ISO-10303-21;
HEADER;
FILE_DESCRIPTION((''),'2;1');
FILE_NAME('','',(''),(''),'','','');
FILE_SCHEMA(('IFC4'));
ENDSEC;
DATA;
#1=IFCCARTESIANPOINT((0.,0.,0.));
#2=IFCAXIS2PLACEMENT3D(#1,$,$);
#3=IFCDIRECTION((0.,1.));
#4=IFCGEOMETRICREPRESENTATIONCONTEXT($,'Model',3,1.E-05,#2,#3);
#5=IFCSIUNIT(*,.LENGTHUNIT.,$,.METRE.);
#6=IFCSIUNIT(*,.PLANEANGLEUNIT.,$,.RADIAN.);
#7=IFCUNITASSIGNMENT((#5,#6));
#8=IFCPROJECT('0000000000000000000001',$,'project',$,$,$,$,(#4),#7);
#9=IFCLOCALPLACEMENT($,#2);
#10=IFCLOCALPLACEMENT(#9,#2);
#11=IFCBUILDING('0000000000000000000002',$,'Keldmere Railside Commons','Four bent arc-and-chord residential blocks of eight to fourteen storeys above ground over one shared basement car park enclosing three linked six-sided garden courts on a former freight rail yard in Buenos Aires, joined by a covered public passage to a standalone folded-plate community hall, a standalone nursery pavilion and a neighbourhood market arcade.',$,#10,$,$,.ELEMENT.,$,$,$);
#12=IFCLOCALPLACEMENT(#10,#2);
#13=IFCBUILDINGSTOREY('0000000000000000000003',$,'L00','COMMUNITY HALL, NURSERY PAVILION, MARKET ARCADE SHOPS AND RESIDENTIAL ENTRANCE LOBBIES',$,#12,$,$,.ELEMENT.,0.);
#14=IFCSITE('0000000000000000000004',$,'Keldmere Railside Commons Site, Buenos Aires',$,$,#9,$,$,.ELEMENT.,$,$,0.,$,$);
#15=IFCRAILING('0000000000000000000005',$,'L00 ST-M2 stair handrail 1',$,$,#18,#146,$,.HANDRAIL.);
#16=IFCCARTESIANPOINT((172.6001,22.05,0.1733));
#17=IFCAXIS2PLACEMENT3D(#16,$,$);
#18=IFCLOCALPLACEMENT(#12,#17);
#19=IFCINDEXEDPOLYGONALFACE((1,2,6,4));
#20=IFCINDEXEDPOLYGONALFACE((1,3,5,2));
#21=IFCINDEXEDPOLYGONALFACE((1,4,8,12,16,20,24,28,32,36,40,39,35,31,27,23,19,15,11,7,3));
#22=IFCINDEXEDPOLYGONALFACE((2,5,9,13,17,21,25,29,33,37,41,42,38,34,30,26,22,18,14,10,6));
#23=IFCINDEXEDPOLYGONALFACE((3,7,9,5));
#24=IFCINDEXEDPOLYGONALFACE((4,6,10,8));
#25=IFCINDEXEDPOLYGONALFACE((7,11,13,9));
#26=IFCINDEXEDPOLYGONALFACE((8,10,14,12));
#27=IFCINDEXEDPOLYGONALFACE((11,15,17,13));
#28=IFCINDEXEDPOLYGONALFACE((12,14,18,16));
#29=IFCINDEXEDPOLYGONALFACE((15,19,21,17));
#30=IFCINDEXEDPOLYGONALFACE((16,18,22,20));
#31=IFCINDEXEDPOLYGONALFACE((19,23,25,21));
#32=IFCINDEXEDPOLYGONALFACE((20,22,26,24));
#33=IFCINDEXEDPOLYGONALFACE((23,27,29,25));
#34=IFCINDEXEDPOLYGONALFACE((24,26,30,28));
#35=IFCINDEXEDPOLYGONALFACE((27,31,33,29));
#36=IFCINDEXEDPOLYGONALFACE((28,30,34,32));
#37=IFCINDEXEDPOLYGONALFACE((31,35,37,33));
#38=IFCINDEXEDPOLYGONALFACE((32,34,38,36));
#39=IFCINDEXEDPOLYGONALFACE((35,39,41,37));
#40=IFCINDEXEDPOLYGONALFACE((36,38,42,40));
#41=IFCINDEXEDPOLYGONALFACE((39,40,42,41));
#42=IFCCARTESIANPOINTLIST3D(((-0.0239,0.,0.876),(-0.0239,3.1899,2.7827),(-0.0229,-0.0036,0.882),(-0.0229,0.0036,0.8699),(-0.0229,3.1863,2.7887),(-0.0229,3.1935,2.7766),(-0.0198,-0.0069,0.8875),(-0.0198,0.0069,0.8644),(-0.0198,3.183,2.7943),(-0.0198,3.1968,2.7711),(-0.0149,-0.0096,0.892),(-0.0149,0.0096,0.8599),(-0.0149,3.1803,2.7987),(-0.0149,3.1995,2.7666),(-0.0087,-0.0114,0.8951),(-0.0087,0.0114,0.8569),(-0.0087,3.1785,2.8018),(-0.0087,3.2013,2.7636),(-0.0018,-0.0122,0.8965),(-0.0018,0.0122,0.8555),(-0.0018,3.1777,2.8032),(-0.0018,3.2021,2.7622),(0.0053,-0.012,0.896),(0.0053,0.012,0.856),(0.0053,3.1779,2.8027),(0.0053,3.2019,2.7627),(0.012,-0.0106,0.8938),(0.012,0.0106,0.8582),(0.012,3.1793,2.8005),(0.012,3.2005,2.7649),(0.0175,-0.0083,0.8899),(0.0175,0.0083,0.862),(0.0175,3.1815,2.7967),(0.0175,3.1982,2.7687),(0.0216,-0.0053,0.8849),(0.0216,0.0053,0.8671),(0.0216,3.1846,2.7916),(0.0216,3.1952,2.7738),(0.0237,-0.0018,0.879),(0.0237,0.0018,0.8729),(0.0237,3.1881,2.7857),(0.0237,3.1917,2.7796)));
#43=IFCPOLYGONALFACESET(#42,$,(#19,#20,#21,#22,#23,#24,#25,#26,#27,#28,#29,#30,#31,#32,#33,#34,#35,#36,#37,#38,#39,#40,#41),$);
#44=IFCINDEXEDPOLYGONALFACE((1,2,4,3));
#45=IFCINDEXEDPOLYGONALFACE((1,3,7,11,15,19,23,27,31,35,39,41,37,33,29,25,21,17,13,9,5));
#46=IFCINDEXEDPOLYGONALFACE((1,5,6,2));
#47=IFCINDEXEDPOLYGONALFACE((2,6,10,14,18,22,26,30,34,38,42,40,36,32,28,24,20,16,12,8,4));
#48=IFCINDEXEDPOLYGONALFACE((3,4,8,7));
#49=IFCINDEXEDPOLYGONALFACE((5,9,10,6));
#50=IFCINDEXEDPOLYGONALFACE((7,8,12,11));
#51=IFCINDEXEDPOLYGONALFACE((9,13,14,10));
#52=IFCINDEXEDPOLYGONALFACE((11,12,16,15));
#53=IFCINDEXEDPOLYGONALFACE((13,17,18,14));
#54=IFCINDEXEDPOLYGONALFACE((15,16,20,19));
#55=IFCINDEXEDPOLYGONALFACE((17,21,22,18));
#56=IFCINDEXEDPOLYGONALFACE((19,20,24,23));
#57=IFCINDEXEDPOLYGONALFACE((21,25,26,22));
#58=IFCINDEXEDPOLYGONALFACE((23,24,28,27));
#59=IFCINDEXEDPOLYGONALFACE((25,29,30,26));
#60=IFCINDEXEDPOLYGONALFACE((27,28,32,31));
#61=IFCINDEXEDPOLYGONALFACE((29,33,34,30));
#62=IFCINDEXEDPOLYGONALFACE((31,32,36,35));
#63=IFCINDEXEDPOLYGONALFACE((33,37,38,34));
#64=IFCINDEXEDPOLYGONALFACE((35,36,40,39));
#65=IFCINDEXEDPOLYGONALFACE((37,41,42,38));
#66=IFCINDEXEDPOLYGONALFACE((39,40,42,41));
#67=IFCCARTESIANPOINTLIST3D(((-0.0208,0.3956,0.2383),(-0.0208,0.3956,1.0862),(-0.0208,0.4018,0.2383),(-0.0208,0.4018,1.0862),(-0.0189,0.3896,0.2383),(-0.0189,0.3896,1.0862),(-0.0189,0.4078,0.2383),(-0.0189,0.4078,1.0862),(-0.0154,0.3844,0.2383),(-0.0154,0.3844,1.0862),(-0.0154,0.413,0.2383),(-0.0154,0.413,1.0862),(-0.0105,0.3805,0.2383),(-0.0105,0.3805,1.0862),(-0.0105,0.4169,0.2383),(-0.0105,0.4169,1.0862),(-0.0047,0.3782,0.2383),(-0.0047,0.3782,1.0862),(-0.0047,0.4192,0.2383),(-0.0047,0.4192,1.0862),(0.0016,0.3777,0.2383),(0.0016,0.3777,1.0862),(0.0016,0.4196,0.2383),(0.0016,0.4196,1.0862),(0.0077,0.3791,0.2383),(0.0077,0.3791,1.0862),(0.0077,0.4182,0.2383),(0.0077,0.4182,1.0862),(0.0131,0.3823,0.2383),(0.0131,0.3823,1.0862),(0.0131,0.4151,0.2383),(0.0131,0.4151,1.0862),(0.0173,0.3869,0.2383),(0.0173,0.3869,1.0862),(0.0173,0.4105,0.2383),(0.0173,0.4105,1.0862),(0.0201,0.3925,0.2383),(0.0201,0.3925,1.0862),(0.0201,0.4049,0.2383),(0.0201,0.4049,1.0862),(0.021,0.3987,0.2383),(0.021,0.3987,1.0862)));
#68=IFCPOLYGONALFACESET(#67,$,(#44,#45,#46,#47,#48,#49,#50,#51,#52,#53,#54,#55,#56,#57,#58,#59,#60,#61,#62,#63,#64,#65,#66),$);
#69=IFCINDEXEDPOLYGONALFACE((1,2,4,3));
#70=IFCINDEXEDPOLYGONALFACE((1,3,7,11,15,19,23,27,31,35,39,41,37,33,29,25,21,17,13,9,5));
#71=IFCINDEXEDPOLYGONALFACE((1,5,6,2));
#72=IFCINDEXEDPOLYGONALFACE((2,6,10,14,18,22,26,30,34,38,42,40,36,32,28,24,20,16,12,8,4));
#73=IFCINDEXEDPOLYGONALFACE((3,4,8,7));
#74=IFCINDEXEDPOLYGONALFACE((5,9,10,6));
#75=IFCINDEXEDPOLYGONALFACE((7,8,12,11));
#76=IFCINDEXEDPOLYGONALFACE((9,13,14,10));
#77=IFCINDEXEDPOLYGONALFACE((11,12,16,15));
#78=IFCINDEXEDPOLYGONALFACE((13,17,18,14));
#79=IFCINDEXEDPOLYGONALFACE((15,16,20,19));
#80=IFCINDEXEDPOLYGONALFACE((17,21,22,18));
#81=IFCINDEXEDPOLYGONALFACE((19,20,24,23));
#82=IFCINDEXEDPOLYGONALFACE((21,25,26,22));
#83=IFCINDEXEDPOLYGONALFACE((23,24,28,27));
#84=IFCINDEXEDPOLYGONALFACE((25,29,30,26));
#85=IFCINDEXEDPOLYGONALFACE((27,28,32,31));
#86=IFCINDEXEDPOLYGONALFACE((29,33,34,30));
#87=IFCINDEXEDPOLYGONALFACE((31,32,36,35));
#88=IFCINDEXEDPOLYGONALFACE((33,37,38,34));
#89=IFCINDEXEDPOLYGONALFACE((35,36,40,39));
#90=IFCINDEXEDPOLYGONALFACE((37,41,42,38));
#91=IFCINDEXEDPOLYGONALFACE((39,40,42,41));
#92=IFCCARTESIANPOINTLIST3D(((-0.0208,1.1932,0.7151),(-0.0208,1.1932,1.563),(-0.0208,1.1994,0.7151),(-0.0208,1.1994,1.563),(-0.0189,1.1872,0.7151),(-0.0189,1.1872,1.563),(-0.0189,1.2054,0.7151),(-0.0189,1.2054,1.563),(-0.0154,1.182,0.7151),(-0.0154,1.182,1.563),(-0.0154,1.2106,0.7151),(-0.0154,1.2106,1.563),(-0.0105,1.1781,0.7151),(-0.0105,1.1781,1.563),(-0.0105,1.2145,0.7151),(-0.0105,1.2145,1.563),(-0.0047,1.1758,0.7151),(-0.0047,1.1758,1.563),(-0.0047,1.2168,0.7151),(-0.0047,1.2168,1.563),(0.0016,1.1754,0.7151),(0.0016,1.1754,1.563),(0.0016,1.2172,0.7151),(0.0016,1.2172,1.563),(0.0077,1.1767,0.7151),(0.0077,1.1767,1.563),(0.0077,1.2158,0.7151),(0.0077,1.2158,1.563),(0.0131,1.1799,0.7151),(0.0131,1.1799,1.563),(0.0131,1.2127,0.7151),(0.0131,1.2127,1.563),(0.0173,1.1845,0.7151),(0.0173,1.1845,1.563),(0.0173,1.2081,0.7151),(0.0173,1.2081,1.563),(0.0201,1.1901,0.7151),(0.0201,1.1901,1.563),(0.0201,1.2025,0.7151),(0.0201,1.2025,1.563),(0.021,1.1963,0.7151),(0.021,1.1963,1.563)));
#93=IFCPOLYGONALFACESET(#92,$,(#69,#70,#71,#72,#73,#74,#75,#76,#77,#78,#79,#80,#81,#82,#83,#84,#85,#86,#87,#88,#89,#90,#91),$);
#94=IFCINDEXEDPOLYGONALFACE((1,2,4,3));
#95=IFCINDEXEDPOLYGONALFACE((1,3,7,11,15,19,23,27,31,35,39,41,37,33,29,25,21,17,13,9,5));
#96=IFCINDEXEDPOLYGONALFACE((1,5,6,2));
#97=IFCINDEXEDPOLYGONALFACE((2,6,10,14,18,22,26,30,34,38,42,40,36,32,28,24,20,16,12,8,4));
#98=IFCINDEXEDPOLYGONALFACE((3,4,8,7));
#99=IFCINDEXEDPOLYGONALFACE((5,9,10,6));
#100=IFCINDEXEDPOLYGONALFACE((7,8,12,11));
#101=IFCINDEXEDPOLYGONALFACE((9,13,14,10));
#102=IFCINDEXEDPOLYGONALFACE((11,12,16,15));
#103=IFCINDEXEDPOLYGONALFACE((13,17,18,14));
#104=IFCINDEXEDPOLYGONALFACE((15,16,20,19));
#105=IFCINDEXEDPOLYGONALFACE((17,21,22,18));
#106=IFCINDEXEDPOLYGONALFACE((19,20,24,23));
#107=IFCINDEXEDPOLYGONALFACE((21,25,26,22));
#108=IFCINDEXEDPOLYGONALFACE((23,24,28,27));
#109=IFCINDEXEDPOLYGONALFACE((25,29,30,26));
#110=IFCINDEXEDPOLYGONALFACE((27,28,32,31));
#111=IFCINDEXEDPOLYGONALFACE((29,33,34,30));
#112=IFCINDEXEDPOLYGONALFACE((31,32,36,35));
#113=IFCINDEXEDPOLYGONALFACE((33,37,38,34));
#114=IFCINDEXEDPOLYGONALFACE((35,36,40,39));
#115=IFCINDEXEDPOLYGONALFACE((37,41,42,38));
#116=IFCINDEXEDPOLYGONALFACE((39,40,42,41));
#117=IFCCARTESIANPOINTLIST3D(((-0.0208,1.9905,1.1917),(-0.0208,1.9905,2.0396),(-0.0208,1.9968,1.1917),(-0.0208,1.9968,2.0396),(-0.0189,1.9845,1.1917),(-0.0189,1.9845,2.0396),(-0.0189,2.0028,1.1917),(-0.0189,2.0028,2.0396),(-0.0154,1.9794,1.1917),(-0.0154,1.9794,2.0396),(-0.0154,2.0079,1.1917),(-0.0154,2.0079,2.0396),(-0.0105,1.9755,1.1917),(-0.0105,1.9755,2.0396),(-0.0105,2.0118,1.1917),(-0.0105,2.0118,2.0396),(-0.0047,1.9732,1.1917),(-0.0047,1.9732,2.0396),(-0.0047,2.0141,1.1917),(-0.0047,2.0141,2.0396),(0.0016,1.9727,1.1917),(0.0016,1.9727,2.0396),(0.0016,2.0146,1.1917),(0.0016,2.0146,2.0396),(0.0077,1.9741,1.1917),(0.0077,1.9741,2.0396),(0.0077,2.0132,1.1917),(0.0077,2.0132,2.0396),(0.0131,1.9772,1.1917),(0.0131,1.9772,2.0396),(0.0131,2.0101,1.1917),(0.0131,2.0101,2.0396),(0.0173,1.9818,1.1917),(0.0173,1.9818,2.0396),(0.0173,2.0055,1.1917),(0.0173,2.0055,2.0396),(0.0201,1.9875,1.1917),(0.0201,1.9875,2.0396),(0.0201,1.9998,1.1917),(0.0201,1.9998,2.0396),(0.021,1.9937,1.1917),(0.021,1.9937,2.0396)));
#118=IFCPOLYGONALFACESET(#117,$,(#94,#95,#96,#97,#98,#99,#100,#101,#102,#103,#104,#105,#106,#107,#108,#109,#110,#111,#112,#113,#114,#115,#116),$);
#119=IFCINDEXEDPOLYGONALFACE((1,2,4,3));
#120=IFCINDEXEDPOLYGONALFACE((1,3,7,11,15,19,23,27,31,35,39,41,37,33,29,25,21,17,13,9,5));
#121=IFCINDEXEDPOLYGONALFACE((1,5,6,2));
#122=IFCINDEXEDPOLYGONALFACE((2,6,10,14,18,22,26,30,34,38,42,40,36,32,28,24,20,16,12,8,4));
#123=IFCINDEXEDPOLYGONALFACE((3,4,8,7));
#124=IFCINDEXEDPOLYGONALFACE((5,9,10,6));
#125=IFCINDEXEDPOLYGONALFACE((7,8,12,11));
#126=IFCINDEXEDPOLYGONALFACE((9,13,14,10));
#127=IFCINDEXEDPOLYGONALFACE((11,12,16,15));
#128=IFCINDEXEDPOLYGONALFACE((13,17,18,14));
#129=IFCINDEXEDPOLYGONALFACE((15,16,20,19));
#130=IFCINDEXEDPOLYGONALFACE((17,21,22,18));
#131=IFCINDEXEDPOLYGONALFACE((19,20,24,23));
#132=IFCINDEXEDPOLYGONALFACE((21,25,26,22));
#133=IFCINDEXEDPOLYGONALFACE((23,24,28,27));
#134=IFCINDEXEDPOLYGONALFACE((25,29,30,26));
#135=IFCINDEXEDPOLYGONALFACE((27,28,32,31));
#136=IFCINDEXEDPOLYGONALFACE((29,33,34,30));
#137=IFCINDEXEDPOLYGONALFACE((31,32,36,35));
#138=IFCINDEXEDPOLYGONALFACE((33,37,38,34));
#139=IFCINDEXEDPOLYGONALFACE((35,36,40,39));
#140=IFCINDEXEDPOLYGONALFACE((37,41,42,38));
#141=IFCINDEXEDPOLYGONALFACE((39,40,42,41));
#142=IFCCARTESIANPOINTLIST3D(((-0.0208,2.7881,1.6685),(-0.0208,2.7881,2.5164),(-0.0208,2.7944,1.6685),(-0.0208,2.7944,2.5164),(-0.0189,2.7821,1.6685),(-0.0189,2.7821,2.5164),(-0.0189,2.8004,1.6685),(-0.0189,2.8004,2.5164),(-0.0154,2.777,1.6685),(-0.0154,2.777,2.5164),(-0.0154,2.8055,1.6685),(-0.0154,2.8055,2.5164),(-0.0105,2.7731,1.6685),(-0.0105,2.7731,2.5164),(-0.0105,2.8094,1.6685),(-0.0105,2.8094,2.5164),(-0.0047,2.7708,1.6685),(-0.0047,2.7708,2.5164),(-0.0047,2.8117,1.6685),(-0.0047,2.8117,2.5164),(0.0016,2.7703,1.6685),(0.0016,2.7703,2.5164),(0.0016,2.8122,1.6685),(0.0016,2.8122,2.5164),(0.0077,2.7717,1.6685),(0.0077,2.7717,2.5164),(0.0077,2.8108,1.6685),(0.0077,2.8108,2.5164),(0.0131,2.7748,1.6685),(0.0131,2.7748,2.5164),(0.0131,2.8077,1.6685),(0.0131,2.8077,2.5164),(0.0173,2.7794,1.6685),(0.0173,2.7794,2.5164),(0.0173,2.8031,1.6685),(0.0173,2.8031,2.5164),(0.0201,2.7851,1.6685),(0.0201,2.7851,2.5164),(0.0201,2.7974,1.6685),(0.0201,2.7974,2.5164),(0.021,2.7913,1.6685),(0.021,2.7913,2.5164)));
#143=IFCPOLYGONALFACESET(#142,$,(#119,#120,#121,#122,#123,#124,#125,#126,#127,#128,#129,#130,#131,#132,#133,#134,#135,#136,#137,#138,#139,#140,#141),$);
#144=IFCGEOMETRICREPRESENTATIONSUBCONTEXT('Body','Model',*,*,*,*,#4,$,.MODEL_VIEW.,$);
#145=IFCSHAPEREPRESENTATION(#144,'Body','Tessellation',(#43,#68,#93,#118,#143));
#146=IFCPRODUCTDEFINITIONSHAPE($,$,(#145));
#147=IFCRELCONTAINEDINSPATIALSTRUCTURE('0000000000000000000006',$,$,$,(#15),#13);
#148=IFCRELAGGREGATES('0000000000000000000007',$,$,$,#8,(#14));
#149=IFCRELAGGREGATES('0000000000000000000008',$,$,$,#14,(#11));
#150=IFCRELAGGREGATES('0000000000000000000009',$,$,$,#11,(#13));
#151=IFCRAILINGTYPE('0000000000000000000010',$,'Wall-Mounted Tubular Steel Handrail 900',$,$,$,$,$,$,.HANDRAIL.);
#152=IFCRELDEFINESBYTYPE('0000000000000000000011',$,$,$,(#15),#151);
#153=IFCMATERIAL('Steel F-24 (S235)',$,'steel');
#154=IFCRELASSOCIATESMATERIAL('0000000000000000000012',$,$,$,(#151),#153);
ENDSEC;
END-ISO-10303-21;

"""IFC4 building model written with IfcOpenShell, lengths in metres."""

from ifc_helpers import new_model, si_unit, direction, frame, origin, origin_2d, place, context, subcontext, project, spatial, circle, extrude, material, type_object, element, save


model = new_model("IFC4")

# Units and contexts
model_context = context("Model", 3, precision=1e-05, world=origin(), true_north=direction((0.0, 1.0)))
body_context = subcontext(model_context, "Body", "Model", "MODEL_VIEW")
ifc_project = project(units=[si_unit("LENGTHUNIT", "METRE"), si_unit("PLANEANGLEUNIT", "RADIAN")], contexts=[model_context])

# Site, building, storey
site_placement = place(None, origin())
site = spatial("IfcSite", under=ifc_project, at=site_placement, Name="Keldmere Railside Commons Site, Buenos Aires", CompositionType="ELEMENT", RefElevation=0.0)
building_placement = place(site_placement, origin())
building = spatial("IfcBuilding", under=site, at=building_placement, Name="Keldmere Railside Commons", Description="Four bent arc-and-chord residential blocks of eight to fourteen storeys above ground over one shared basement car park enclosing three linked six-sided garden courts on a former freight rail yard in Buenos Aires, joined by a covered public passage to a standalone folded-plate community hall, a standalone nursery pavilion and a neighbourhood market arcade.", CompositionType="ELEMENT")
storey_placement = place(building_placement, origin())
storey = spatial("IfcBuildingStorey", under=building, at=storey_placement, Name="L00", Description="COMMUNITY HALL, NURSERY PAVILION, MARKET ARCADE SHOPS AND RESIDENTIAL ENTRANCE LOBBIES", CompositionType="ELEMENT", Elevation=0.0)

# Shared definitions
ifc_material_1 = material(Name="Steel F-24 (S235)", Category="steel")

# Railing
railing_type_1 = type_object("IfcRailingType", Name="Wall-Mounted Tubular Steel Handrail 900", PredefinedType="HANDRAIL", material=ifc_material_1)
railing_1_placement = place(storey_placement, frame((172.6001, 22.05, 0.1733)))
element("IfcRailing", 1, at=railing_1_placement, inside=storey, type_object=railing_type_1, Name="L00 ST-M2 stair handrail 1", PredefinedType="HANDRAIL", context=body_context, shape_type="SweptSolid", body=[
    extrude(circle(Radius=0.0239, at=origin_2d()), frame((0.0, 0.0, 0.876), z_axis=(0.0, 0.85835, 0.513065), x_axis=(-1.0, 0.0, 0.0)), (0.0, 0.0, 1.0), 3.7163),
    extrude(circle(Radius=0.021, at=origin_2d()), frame((0.0, 0.3987, 0.2383)), (0.0, 0.0, 1.0), 0.8479),
    extrude(circle(Radius=0.021, at=origin_2d()), frame((0.0, 1.1963, 0.7151)), (0.0, 0.0, 1.0), 0.8479),
    extrude(circle(Radius=0.021, at=origin_2d()), frame((0.0, 1.9937, 1.1917)), (0.0, 0.0, 1.0), 0.8479),
    extrude(circle(Radius=0.021, at=origin_2d()), frame((0.0, 2.7913, 1.6685)), (0.0, 0.0, 1.0), 0.8479),
])

save(model, "model.ifc")
